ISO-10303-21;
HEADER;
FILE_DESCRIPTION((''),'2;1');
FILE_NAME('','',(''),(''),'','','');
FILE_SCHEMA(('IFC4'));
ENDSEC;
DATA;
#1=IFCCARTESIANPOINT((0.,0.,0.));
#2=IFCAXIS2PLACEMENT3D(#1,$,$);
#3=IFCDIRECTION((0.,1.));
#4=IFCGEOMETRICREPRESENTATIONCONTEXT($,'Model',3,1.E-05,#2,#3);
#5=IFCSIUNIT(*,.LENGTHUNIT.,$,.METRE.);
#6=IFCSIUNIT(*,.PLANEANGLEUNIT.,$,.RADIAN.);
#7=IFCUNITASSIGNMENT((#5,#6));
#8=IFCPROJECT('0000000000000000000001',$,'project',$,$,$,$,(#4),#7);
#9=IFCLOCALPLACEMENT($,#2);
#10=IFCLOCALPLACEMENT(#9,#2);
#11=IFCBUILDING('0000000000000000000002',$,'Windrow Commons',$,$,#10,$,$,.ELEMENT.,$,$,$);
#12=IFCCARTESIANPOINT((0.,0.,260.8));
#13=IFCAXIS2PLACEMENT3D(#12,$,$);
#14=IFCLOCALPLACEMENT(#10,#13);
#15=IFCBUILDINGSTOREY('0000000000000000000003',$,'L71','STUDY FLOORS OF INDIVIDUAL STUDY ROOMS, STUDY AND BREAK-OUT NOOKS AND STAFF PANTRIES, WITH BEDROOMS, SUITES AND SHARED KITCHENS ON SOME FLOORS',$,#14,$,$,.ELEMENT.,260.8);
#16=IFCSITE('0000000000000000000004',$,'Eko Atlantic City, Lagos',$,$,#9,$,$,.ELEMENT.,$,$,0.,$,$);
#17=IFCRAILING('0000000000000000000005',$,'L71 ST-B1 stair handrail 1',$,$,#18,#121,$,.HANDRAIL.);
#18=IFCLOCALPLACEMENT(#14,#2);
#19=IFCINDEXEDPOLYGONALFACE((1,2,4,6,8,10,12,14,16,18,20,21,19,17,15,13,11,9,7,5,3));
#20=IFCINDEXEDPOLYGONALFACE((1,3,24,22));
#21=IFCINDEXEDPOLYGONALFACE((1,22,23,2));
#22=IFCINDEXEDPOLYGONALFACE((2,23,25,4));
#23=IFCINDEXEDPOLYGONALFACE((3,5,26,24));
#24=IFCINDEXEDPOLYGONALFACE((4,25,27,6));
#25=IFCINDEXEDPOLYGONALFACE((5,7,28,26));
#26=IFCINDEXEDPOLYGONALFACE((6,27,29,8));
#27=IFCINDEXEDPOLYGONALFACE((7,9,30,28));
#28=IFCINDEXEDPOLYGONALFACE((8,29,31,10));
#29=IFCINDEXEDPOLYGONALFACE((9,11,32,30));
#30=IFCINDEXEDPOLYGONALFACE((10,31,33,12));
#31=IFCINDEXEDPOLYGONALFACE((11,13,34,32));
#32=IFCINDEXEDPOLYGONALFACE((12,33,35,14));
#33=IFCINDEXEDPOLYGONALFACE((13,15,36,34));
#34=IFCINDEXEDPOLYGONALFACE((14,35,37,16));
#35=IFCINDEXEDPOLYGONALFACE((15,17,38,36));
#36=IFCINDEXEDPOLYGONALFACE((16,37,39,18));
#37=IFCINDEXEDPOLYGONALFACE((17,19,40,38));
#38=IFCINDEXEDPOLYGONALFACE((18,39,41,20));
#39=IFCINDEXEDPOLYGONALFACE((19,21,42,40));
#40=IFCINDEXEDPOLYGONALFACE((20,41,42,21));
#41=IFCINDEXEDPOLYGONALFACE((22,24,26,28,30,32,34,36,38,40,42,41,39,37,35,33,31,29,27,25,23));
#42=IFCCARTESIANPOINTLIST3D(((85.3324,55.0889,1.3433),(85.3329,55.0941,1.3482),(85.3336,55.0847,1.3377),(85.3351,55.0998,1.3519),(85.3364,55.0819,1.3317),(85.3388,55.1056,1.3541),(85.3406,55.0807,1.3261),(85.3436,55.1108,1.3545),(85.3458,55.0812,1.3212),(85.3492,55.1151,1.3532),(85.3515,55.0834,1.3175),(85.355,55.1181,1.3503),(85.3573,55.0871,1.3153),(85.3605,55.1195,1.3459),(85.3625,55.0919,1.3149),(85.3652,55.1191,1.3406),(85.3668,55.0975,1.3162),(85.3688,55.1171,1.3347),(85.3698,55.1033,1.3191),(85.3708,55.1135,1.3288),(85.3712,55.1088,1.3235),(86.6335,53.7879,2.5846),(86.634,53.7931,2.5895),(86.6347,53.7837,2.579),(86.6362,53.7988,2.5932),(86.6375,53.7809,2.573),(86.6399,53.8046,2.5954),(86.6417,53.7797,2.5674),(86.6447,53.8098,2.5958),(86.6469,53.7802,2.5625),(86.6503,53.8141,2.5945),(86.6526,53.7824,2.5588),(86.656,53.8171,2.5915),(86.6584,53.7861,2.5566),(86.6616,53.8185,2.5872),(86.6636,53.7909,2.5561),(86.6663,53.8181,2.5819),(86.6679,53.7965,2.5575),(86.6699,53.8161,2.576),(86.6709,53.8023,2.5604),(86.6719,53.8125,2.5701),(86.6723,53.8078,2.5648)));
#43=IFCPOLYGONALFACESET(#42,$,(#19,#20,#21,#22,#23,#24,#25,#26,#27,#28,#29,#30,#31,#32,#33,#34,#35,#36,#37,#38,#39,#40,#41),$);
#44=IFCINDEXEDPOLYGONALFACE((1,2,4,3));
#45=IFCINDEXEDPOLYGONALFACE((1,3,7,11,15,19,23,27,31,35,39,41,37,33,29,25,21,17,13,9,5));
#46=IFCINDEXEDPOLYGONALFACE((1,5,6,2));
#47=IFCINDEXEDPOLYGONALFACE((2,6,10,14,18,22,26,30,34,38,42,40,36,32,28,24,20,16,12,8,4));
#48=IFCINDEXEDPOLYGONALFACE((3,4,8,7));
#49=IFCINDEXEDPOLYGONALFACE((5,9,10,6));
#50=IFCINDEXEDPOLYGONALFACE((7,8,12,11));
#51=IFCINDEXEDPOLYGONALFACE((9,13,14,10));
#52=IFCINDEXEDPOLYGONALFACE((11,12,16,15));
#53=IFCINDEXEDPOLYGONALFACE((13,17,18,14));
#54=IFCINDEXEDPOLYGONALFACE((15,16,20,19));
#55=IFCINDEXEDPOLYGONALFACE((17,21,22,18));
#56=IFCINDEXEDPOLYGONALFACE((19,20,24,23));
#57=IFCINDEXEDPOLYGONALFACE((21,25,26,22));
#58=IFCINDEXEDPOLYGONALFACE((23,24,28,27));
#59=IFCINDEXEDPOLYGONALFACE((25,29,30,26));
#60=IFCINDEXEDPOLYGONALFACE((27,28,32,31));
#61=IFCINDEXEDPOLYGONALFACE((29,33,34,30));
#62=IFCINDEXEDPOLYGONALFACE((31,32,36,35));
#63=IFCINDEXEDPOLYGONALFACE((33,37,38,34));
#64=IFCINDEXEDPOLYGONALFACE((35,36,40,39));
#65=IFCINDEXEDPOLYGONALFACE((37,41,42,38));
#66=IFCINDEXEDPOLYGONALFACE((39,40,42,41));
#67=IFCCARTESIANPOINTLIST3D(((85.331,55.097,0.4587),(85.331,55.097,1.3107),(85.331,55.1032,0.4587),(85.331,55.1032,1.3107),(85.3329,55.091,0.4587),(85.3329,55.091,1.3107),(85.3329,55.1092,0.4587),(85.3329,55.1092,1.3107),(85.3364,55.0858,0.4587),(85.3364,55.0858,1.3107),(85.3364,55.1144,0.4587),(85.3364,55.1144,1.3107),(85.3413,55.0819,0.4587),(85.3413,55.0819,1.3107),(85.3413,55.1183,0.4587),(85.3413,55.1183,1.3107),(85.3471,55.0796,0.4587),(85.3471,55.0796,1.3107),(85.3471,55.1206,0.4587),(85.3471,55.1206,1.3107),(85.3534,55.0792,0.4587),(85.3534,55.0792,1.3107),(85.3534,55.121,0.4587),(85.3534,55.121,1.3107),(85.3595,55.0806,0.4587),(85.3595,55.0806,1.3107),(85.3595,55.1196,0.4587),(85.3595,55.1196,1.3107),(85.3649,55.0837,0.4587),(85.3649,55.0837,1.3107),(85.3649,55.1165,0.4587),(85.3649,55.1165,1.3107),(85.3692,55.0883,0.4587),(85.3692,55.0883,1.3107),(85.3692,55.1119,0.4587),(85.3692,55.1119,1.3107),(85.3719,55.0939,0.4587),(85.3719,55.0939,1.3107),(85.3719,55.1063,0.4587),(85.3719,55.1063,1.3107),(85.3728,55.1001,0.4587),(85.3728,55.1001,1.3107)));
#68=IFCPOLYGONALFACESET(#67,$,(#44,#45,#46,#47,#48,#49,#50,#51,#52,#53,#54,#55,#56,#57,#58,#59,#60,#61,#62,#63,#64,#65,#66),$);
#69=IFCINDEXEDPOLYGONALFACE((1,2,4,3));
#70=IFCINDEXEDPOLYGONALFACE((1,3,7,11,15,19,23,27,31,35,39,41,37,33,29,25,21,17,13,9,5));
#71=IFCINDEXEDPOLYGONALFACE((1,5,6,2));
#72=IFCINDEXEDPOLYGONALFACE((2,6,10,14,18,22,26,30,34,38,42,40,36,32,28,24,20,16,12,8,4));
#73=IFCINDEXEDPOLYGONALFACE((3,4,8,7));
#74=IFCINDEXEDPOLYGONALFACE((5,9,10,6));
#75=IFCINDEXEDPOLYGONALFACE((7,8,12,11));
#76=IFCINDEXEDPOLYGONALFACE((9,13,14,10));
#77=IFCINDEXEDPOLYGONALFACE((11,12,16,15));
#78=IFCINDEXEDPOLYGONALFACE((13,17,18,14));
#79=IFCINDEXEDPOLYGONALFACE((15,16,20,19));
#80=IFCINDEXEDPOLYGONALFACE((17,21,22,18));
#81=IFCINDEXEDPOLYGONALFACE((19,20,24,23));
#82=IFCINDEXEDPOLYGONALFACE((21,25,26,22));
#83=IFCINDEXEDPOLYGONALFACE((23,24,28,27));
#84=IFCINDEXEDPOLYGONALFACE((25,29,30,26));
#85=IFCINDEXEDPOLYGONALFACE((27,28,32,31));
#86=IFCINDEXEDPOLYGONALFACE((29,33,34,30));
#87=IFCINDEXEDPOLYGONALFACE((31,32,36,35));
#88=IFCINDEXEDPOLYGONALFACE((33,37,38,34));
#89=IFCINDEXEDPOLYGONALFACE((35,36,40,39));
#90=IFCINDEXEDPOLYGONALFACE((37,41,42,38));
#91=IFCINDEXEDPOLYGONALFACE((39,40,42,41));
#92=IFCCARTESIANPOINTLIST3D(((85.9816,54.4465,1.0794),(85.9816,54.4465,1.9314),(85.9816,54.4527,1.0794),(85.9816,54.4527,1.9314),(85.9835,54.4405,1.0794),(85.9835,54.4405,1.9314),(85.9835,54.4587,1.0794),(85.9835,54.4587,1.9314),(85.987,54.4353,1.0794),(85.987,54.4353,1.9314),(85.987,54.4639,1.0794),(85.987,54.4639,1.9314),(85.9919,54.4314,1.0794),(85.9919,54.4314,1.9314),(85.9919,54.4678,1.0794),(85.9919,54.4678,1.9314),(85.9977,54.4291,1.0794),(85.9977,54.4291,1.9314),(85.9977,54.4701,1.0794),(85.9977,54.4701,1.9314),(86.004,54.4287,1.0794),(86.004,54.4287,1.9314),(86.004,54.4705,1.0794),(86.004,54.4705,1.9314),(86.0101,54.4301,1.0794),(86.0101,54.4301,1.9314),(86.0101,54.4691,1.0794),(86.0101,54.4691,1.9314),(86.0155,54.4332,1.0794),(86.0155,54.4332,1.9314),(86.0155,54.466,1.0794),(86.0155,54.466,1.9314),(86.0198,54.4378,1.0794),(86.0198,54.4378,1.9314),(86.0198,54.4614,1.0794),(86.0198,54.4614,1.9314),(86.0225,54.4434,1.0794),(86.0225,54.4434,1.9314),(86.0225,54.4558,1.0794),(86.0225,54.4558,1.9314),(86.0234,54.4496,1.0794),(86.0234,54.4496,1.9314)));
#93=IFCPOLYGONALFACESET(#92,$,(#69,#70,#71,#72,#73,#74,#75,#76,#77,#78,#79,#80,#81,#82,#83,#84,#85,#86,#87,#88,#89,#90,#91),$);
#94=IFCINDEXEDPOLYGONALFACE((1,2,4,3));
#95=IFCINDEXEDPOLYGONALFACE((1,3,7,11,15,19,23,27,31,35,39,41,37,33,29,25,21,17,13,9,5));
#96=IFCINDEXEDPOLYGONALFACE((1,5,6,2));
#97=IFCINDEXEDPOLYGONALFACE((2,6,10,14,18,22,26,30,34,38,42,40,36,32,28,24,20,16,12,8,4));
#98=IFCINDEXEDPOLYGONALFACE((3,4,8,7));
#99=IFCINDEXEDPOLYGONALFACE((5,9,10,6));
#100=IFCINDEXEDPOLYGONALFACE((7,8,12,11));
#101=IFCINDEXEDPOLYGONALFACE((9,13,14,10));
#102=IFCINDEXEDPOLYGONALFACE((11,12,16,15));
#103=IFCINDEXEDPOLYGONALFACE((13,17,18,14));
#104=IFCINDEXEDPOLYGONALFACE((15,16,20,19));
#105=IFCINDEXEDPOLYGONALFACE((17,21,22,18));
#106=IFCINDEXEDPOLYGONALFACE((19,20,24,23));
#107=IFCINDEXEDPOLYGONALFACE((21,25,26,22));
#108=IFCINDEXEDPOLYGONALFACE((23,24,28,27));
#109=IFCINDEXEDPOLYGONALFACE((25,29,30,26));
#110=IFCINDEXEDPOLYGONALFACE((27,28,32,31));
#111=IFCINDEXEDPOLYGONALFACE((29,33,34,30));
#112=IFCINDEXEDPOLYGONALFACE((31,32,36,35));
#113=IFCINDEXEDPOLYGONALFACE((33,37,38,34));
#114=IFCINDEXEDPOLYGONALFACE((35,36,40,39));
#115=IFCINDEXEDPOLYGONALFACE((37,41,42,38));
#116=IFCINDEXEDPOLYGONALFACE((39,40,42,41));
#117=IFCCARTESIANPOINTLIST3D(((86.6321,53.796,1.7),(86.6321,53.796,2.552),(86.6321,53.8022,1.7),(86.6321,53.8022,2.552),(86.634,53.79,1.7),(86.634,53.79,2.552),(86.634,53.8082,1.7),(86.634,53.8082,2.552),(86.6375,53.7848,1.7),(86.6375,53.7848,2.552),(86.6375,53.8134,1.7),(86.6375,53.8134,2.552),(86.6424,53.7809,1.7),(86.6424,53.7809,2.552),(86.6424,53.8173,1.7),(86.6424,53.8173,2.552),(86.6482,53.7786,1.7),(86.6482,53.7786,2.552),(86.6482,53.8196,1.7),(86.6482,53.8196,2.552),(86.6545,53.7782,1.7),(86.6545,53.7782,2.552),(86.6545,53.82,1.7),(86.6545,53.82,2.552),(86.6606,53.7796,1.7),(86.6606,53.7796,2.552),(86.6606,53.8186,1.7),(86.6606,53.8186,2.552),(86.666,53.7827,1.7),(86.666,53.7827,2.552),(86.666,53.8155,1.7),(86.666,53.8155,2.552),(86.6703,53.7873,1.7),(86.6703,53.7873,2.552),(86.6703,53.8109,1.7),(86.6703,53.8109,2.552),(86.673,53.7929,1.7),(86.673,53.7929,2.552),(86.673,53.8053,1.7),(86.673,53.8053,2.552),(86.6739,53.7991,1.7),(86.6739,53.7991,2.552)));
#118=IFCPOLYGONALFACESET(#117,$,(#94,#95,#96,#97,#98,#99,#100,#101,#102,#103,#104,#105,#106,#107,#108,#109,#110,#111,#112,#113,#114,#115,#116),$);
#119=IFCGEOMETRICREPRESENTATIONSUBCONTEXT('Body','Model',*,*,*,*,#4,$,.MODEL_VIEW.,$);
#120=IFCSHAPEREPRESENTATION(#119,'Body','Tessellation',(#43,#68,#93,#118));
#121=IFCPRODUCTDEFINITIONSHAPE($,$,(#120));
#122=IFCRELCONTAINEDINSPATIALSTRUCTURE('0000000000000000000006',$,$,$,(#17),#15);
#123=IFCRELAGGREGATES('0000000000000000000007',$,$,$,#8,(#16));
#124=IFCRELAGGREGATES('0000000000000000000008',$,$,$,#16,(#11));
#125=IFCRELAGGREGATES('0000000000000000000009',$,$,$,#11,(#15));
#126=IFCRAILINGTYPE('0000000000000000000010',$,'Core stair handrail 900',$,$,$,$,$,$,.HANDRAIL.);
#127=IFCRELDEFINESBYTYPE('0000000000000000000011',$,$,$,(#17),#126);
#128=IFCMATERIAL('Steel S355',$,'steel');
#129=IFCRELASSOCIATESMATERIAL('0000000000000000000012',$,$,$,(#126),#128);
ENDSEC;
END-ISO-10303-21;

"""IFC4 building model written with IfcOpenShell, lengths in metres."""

from ifc_helpers import new_model, si_unit, direction, frame, origin, origin_2d, place, context, subcontext, project, spatial, circle, extrude, material, type_object, element, save


model = new_model("IFC4")

# Units and contexts
model_context = context("Model", 3, precision=1e-05, world=origin(), true_north=direction((0.0, 1.0)))
body_context = subcontext(model_context, "Body", "Model", "MODEL_VIEW")
ifc_project = project(units=[si_unit("LENGTHUNIT", "METRE"), si_unit("PLANEANGLEUNIT", "RADIAN")], contexts=[model_context])

# Site, building, storey
site_placement = place(None, origin())
site = spatial("IfcSite", under=ifc_project, at=site_placement, Name="Eko Atlantic City, Lagos", CompositionType="ELEMENT", RefElevation=0.0)
building_placement = place(site_placement, origin())
building = spatial("IfcBuilding", under=site, at=building_placement, Name="Windrow Commons", CompositionType="ELEMENT")
storey_placement = place(building_placement, frame((0.0, 0.0, 260.8)))
storey = spatial("IfcBuildingStorey", under=building, at=storey_placement, Name="L71", Description="STUDY FLOORS OF INDIVIDUAL STUDY ROOMS, STUDY AND BREAK-OUT NOOKS AND STAFF PANTRIES, WITH BEDROOMS, SUITES AND SHARED KITCHENS ON SOME FLOORS", CompositionType="ELEMENT", Elevation=260.8)

# Railing
ifc_material_1 = material(Name="Steel S355", Category="steel")
railing_type = type_object("IfcRailingType", Name="Core stair handrail 900", PredefinedType="HANDRAIL", material=ifc_material_1)
railing_placement = place(storey_placement, frame((85.3518, 55.1001, 0.4587)))
element("IfcRailing", 1, at=railing_placement, inside=storey, type_object=railing_type, Name="L71 ST-B1 stair handrail 1", PredefinedType="HANDRAIL", context=body_context, shape_type="SweptSolid", body=[
    extrude(circle(Radius=0.024, at=origin_2d()), frame((0.0, 0.0, 0.876), z_axis=(0.586207, -0.586162, 0.559264), x_axis=(0.70708, 0.707134, 0.0)), (0.0, 0.0, 1.0), 2.2195),
    extrude(circle(Radius=0.021, at=origin_2d()), origin(), (0.0, 0.0, 1.0), 0.852),
    extrude(circle(Radius=0.021, at=origin_2d()), frame((0.6506, -0.6505, 0.6207)), (0.0, 0.0, 1.0), 0.852),
    extrude(circle(Radius=0.021, at=origin_2d()), frame((1.3011, -1.301, 1.2413)), (0.0, 0.0, 1.0), 0.852),
])

save(model, "model.ifc")
